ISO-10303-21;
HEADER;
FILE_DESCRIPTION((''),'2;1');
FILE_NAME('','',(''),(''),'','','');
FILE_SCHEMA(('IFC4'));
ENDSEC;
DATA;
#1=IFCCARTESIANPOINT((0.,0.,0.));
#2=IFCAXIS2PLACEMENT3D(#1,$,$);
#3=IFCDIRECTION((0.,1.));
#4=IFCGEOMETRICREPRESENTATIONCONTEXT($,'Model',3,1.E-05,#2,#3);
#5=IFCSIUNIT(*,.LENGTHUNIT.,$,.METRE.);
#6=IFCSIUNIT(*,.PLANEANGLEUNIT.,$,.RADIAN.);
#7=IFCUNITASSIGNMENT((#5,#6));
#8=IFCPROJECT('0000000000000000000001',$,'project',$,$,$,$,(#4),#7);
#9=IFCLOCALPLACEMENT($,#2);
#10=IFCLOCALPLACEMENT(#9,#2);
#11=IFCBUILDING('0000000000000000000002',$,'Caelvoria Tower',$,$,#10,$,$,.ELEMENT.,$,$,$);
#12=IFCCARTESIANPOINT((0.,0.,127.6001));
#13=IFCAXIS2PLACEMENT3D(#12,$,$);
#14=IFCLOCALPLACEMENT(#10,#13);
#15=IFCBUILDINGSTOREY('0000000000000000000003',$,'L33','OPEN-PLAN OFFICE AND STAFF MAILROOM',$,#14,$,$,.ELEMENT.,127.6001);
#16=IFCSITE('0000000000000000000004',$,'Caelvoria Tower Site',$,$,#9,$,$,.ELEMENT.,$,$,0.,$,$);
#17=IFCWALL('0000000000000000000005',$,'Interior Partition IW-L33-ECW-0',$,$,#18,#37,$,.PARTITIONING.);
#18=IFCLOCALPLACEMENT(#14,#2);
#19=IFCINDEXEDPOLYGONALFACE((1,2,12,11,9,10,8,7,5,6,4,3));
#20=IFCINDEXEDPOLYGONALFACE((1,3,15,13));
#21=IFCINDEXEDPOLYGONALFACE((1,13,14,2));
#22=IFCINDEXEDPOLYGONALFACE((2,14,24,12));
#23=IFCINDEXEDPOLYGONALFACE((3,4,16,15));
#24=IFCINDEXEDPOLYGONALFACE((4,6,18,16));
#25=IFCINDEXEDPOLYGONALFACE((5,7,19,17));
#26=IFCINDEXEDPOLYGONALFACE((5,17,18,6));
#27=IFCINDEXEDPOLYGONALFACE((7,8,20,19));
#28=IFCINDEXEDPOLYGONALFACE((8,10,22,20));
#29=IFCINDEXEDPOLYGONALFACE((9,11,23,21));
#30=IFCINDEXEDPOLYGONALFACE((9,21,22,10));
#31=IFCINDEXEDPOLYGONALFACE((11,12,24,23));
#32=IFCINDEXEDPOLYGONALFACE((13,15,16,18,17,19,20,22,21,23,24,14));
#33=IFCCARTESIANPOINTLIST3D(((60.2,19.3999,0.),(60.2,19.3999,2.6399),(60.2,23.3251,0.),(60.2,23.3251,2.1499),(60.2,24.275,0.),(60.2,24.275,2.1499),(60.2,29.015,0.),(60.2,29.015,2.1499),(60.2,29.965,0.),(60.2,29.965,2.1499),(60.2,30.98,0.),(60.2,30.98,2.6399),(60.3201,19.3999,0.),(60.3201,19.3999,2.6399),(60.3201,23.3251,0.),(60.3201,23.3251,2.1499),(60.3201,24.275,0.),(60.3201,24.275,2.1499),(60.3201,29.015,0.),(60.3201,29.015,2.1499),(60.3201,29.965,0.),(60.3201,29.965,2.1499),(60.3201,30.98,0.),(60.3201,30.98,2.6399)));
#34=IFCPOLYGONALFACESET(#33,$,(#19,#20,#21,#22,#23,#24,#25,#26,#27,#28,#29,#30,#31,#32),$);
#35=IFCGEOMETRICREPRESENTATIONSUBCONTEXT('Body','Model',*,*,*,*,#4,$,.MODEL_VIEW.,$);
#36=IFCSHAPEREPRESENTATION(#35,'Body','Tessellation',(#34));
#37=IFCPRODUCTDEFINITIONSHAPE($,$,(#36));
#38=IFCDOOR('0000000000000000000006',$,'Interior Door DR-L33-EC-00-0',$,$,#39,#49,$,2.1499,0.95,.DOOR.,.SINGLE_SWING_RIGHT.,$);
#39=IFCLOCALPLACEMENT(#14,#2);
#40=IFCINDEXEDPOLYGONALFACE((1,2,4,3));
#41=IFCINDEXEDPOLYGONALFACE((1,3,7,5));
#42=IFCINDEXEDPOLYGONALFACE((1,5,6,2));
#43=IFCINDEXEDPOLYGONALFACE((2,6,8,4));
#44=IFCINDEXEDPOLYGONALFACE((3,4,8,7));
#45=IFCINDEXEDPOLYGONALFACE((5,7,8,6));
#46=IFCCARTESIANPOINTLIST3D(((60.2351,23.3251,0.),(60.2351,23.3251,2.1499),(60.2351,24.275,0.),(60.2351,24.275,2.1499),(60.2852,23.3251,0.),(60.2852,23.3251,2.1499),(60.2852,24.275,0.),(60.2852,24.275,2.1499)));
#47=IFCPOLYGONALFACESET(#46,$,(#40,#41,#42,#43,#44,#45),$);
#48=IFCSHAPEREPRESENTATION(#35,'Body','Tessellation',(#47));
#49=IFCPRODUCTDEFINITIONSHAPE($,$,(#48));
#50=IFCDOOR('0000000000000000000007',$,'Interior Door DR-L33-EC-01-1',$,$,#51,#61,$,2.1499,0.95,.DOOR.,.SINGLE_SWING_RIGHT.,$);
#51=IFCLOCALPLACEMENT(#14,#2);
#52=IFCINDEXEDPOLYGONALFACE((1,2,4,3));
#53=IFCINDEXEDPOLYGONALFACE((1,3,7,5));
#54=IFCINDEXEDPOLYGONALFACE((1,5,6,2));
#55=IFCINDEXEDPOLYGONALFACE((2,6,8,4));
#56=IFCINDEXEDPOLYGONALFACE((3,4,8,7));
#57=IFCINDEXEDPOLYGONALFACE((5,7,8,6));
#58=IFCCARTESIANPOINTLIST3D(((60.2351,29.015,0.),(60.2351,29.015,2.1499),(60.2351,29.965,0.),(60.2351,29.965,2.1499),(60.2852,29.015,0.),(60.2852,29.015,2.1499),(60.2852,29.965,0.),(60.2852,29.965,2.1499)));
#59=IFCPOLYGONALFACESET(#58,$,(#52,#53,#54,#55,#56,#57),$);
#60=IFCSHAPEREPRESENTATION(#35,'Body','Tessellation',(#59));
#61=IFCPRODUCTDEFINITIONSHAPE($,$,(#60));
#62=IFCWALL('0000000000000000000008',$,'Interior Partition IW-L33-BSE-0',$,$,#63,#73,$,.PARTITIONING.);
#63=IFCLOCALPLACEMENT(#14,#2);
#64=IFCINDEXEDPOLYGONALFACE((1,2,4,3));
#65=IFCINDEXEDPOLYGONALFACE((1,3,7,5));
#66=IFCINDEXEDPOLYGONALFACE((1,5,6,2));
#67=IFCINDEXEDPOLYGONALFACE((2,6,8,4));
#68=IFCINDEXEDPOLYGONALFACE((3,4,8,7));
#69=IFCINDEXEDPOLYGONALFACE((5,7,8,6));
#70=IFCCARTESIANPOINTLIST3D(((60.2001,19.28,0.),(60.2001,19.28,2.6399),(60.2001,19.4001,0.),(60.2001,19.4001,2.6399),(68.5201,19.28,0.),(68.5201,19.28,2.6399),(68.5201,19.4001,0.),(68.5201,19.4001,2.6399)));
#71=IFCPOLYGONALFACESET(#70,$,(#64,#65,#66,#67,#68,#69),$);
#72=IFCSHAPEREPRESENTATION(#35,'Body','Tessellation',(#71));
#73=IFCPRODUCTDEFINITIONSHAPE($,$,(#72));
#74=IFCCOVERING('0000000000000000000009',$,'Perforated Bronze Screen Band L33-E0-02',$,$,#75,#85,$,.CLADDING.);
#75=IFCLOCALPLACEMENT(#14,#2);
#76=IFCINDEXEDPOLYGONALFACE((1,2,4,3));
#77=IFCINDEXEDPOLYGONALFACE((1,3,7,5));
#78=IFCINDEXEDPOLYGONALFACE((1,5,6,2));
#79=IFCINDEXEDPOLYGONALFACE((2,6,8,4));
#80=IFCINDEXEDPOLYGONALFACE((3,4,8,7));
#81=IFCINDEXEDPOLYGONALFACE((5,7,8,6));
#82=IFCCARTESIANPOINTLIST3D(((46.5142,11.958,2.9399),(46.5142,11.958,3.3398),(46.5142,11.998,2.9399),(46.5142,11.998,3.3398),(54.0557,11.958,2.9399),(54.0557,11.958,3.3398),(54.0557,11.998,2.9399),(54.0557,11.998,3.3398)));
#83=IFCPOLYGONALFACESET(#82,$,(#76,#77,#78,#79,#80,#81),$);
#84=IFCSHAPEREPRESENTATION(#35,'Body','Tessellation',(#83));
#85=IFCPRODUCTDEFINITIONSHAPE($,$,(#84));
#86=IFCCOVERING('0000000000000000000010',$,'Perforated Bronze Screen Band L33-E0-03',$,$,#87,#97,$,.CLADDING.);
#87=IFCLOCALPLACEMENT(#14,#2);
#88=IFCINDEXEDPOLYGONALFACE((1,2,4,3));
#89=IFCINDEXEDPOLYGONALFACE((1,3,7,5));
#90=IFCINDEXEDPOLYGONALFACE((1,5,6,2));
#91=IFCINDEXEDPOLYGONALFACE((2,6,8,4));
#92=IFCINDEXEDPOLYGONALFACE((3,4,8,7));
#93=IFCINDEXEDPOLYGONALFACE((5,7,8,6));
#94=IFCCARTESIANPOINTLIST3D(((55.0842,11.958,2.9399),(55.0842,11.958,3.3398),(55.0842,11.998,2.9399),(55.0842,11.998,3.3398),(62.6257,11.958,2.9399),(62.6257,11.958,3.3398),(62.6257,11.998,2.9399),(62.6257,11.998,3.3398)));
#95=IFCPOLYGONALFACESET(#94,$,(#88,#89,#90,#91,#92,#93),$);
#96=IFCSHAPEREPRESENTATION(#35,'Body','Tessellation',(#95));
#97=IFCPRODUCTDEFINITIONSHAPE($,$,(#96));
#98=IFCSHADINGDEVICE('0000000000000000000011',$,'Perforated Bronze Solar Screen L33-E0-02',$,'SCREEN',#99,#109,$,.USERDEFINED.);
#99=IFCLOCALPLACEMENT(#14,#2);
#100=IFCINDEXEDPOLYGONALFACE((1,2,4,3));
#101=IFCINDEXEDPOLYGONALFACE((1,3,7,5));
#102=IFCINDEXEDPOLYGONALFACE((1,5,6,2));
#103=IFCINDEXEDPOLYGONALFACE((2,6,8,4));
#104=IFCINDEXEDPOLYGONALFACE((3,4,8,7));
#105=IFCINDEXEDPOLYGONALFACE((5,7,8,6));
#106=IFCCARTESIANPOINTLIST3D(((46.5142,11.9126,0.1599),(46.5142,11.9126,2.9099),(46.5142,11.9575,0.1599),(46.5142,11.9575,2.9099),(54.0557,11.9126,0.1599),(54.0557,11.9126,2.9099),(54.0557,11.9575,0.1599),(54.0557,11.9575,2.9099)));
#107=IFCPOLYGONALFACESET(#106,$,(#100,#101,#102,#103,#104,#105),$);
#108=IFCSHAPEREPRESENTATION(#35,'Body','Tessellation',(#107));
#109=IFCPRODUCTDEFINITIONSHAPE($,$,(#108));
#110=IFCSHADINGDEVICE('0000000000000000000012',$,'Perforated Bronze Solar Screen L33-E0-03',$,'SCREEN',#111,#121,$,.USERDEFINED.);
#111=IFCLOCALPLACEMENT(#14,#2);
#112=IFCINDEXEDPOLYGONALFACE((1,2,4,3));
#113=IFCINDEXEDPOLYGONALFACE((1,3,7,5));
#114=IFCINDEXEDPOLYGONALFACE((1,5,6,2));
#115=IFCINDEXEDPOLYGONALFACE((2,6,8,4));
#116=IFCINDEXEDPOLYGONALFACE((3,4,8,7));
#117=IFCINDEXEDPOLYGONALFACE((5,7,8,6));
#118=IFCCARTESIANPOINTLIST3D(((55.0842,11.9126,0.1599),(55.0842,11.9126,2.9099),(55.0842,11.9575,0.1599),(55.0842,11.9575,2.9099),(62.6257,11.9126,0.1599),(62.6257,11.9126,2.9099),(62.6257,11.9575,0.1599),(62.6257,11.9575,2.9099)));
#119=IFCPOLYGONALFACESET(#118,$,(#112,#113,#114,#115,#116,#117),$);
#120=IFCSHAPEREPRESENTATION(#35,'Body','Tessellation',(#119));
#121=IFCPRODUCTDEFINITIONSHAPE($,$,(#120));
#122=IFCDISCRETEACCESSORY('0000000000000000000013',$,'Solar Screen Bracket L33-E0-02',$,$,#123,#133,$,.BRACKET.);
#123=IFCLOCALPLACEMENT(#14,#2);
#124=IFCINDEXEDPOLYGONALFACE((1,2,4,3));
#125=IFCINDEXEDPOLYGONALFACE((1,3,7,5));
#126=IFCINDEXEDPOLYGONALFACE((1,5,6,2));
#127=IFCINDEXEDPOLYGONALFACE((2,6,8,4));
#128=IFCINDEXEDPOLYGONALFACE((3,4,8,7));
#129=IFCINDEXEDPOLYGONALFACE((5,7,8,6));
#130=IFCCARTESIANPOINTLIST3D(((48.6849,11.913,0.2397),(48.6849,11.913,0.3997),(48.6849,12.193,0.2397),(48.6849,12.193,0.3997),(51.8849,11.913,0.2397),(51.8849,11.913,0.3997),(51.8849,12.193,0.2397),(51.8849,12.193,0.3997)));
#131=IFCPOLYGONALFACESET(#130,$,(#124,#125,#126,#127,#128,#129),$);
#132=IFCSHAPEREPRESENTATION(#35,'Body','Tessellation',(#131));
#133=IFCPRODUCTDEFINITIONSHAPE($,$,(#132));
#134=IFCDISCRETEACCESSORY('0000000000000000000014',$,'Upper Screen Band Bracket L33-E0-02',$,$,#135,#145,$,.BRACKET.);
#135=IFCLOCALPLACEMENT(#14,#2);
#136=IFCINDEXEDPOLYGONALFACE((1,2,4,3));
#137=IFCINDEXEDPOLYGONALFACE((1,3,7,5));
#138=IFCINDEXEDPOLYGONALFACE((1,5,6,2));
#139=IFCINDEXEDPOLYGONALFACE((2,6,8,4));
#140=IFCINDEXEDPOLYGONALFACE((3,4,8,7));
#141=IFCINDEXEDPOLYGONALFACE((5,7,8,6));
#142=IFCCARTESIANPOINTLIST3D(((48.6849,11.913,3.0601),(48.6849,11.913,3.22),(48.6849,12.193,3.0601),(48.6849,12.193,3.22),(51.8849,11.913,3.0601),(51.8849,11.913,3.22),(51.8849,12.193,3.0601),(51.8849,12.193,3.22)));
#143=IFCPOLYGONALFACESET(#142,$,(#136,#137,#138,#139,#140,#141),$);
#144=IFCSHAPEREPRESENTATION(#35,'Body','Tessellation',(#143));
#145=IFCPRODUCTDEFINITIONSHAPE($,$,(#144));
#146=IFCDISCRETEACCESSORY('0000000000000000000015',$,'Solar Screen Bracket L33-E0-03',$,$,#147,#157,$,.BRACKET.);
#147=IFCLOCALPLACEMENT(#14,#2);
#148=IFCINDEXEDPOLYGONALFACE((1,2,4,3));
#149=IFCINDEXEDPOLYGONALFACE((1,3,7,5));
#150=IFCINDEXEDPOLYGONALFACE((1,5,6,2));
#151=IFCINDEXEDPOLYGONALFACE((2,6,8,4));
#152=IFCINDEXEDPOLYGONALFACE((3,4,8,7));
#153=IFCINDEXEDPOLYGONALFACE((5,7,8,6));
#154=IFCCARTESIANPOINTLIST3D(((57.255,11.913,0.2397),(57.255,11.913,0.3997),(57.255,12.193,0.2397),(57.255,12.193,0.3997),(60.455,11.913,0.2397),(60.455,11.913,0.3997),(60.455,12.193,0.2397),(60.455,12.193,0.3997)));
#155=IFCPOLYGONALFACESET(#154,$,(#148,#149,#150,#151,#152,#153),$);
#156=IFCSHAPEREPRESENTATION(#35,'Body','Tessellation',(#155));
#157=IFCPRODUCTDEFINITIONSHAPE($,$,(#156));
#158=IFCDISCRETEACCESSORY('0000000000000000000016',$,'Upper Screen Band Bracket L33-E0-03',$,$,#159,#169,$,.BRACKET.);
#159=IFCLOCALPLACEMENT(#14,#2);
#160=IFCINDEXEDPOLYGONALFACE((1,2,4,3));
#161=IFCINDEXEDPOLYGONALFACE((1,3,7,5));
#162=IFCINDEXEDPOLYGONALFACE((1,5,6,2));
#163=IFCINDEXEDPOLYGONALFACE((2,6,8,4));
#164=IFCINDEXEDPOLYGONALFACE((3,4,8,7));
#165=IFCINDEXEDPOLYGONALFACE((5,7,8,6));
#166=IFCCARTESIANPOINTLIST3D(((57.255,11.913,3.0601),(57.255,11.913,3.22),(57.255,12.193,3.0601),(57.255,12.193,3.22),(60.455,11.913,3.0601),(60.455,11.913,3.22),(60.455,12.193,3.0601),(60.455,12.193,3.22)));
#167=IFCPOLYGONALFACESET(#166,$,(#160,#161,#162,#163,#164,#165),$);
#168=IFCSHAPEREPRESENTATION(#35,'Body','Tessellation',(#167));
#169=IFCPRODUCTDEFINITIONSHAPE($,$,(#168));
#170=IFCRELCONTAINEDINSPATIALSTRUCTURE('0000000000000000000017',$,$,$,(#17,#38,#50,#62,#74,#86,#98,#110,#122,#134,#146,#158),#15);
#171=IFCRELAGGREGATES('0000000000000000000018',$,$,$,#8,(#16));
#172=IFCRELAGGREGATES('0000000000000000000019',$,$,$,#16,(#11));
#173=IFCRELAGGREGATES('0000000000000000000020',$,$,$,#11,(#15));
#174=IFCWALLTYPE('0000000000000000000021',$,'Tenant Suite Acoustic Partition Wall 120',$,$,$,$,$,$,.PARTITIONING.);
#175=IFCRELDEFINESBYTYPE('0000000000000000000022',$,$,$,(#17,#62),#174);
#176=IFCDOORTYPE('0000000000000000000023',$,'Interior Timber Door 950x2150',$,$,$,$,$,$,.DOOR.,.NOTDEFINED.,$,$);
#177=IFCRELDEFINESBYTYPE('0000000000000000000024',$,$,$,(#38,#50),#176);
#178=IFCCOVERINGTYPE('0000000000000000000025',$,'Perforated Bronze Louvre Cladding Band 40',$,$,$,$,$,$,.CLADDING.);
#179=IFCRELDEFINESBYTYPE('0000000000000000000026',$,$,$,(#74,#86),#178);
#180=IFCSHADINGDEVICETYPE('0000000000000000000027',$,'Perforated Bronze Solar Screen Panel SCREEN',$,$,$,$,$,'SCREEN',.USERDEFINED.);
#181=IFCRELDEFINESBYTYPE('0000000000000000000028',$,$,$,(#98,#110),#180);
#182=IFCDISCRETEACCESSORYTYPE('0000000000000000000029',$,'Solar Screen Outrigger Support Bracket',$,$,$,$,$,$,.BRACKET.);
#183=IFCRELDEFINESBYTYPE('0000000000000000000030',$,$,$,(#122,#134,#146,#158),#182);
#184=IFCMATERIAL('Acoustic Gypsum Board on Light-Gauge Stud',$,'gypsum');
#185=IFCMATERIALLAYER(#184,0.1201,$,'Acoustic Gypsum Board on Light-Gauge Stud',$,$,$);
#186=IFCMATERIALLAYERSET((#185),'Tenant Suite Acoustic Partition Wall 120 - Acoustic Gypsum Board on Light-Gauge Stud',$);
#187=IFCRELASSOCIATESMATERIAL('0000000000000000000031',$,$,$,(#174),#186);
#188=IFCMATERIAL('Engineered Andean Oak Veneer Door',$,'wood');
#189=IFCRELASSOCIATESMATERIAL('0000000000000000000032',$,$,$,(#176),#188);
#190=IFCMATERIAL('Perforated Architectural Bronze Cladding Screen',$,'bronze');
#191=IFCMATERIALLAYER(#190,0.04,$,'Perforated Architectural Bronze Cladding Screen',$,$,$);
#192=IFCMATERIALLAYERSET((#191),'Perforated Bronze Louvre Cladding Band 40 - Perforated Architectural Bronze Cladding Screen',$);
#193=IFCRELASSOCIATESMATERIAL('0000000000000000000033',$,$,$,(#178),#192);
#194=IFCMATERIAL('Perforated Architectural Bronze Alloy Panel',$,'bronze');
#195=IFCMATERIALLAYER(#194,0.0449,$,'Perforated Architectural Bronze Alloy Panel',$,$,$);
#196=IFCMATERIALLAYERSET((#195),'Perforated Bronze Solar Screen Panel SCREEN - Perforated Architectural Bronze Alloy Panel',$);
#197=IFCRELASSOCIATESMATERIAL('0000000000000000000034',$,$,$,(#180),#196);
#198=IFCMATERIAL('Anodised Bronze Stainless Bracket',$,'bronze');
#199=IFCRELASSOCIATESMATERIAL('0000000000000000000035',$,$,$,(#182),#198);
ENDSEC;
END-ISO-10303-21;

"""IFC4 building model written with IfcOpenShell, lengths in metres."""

from ifc_helpers import new_model, si_unit, direction, frame, frame_2d, origin, origin_2d, place, context, subcontext, project, spatial, rectangle, extrude, material, layer, layer_set, type_object, element, fill, save


model = new_model("IFC4")

# Units and contexts
model_context = context("Model", 3, precision=1e-05, world=origin(), true_north=direction((0.0, 1.0)))
body_context = subcontext(model_context, "Body", "Model", "MODEL_VIEW")
ifc_project = project(units=[si_unit("LENGTHUNIT", "METRE"), si_unit("PLANEANGLEUNIT", "RADIAN")], contexts=[model_context])

# Site, building, storey
site_placement = place(None, origin())
site = spatial("IfcSite", under=ifc_project, at=site_placement, Name="Caelvoria Tower Site", CompositionType="ELEMENT", RefElevation=0.0)
building_placement = place(site_placement, origin())
building = spatial("IfcBuilding", under=site, at=building_placement, Name="Caelvoria Tower", CompositionType="ELEMENT")
storey_placement = place(building_placement, frame((0.0, 0.0, 127.6001)))
storey = spatial("IfcBuildingStorey", under=building, at=storey_placement, Name="L33", Description="OPEN-PLAN OFFICE AND STAFF MAILROOM", CompositionType="ELEMENT", Elevation=127.6001)

# Shared definitions
ifc_material_1 = material(Name="Acoustic Gypsum Board on Light-Gauge Stud", Category="gypsum")
ifc_layer_1 = layer(ifc_material_1, 0.1201, Name="Acoustic Gypsum Board on Light-Gauge Stud")
ifc_layer_set_1 = layer_set([ifc_layer_1], Name="Tenant Suite Acoustic Partition Wall 120 - Acoustic Gypsum Board on Light-Gauge Stud")
wall_type_1 = type_object("IfcWallType", Name="Tenant Suite Acoustic Partition Wall 120", PredefinedType="PARTITIONING", material=ifc_layer_set_1)
ifc_material_2 = material(Name="Engineered Andean Oak Veneer Door", Category="wood")

# Wall, openings, doors
wall_1_placement = place(storey_placement, frame((60.26, 19.3999, 0.0), z_axis=(0.0, 0.0, 1.0), x_axis=(0.0, 1.0, 0.0)))
wall_1 = element("IfcWall", 1, at=wall_1_placement, inside=storey, type_object=wall_type_1, Name="Interior Partition IW-L33-ECW-0", PredefinedType="PARTITIONING", context=body_context, shape_type="SweptSolid", body=[
    extrude(rectangle(XDim=11.5801, YDim=0.1201, at=frame_2d((5.79, 0.0))), origin(), (0.0, 0.0, 1.0), 2.6399),
])
opening_1_placement = place(wall_1_placement, frame((3.925, 0.0, 0.0)))
opening_1 = element("IfcOpeningElement", 2, at=opening_1_placement, cuts=wall_1, PredefinedType="OPENING", context=body_context, shape_type="SweptSolid", body=[
    extrude(rectangle(XDim=0.95, YDim=2.1499, at=frame_2d((0.4751, 1.075))), frame((0.0, 0.0701, 0.0), z_axis=(0.0, -1.0, 0.0), x_axis=(1.0, 0.0, 0.0)), (0.0, 0.0, 1.0), 0.1401),
])
opening_2_placement = place(wall_1_placement, frame((9.615, 0.0, 0.0)))
opening_2 = element("IfcOpeningElement", 3, at=opening_2_placement, cuts=wall_1, PredefinedType="OPENING", context=body_context, shape_type="SweptSolid", body=[
    extrude(rectangle(XDim=0.95, YDim=2.1499, at=frame_2d((0.4751, 1.075))), frame((0.0, 0.0701, 0.0), z_axis=(0.0, -1.0, 0.0), x_axis=(1.0, 0.0, 0.0)), (0.0, 0.0, 1.0), 0.1401),
])
door_type_1 = type_object("IfcDoorType", Name="Interior Timber Door 950x2150", OperationType="NOTDEFINED", PredefinedType="DOOR", material=ifc_material_2)
door_1_placement = place(opening_1_placement, origin())
door_1 = element("IfcDoor", 4, at=door_1_placement, inside=storey, type_object=door_type_1, Name="Interior Door DR-L33-EC-00-0", OperationType="SINGLE_SWING_RIGHT", OverallHeight=2.1499, OverallWidth=0.95, PredefinedType="DOOR", context=body_context, shape_type="SweptSolid", body=[
    extrude(rectangle(XDim=0.95, YDim=2.1499, at=frame_2d((0.4751, 1.075))), frame((0.0, 0.0249, 0.0), z_axis=(0.0, -1.0, 0.0), x_axis=(1.0, 0.0, 0.0)), (0.0, 0.0, 1.0), 0.05),
])
fill(opening_1, door_1)
door_2_placement = place(opening_2_placement, origin())
door_2 = element("IfcDoor", 5, at=door_2_placement, inside=storey, type_object=door_type_1, Name="Interior Door DR-L33-EC-01-1", OperationType="SINGLE_SWING_RIGHT", OverallHeight=2.1499, OverallWidth=0.95, PredefinedType="DOOR", context=body_context, shape_type="SweptSolid", body=[
    extrude(rectangle(XDim=0.95, YDim=2.1499, at=frame_2d((0.4751, 1.075))), frame((0.0, 0.0249, 0.0), z_axis=(0.0, -1.0, 0.0), x_axis=(1.0, 0.0, 0.0)), (0.0, 0.0, 1.0), 0.05),
])
fill(opening_2, door_2)

# Wall
wall_2_placement = place(storey_placement, frame((60.2, 19.3401, 0.0), z_axis=(0.0, 0.0, 1.0), x_axis=(1.0, 0.0, 0.0)))
element("IfcWall", 6, at=wall_2_placement, inside=storey, type_object=wall_type_1, Name="Interior Partition IW-L33-BSE-0", PredefinedType="PARTITIONING", context=body_context, shape_type="SweptSolid", body=[
    extrude(rectangle(XDim=8.3201, YDim=0.1201, at=frame_2d((4.1602, 0.0))), origin(), (0.0, 0.0, 1.0), 2.6399),
])

# Coverings
ifc_material_3 = material(Name="Perforated Architectural Bronze Cladding Screen", Category="bronze")
ifc_layer_2 = layer(ifc_material_3, 0.04, Name="Perforated Architectural Bronze Cladding Screen")
ifc_layer_set_2 = layer_set([ifc_layer_2], Name="Perforated Bronze Louvre Cladding Band 40 - Perforated Architectural Bronze Cladding Screen")
covering_type = type_object("IfcCoveringType", Name="Perforated Bronze Louvre Cladding Band 40", PredefinedType="CLADDING", material=ifc_layer_set_2)
for number, where, z_axis, x_axis, name in (
    (7, (50.2849, 11.978, 2.9399), (0.0, 0.0, 1.0), (1.0, 0.0, 0.0), "Perforated Bronze Screen Band L33-E0-02"),
    (8, (58.855, 11.978, 2.9399), (0.0, 0.0, 1.0), (1.0, 0.0, 0.0), "Perforated Bronze Screen Band L33-E0-03"),
):
    element("IfcCovering", number, at=place(storey_placement, frame(where, z_axis=z_axis, x_axis=x_axis)), inside=storey, type_object=covering_type, Name=name, PredefinedType="CLADDING", context=body_context, shape_type="SweptSolid", body=[
        extrude(rectangle(XDim=7.5415, YDim=0.04, at=origin_2d()), origin(), (0.0, 0.0, 1.0), 0.3999),
    ])

# Shading devices
ifc_material_4 = material(Name="Perforated Architectural Bronze Alloy Panel", Category="bronze")
ifc_layer_3 = layer(ifc_material_4, 0.0449, Name="Perforated Architectural Bronze Alloy Panel")
ifc_layer_set_3 = layer_set([ifc_layer_3], Name="Perforated Bronze Solar Screen Panel SCREEN - Perforated Architectural Bronze Alloy Panel")
shading_device_type = type_object("IfcShadingDeviceType", Name="Perforated Bronze Solar Screen Panel SCREEN", ElementType="SCREEN", PredefinedType="USERDEFINED", material=ifc_layer_set_3)
for number, where, z_axis, x_axis, name in (
    (9, (50.2849, 11.9351, 0.1599), (0.0, 0.0, 1.0), (1.0, 0.0, 0.0), "Perforated Bronze Solar Screen L33-E0-02"),
    (10, (58.855, 11.9351, 0.1599), (0.0, 0.0, 1.0), (1.0, 0.0, 0.0), "Perforated Bronze Solar Screen L33-E0-03"),
):
    element("IfcShadingDevice", number, at=place(storey_placement, frame(where, z_axis=z_axis, x_axis=x_axis)), inside=storey, type_object=shading_device_type, Name=name, ObjectType="SCREEN", PredefinedType="USERDEFINED", context=body_context, shape_type="SweptSolid", body=[
        extrude(rectangle(XDim=7.5415, YDim=0.0449, at=origin_2d()), origin(), (0.0, 0.0, 1.0), 2.75),
    ])

# Discrete accessories
ifc_material_5 = material(Name="Anodised Bronze Stainless Bracket", Category="bronze")
discrete_accessory_type = type_object("IfcDiscreteAccessoryType", Name="Solar Screen Outrigger Support Bracket", PredefinedType="BRACKET", material=ifc_material_5)
for number, where, z_axis, x_axis, name in (
    (11, (50.2849, 12.053, 0.2397), (0.0, 0.0, 1.0), (1.0, 0.0, 0.0), "Solar Screen Bracket L33-E0-02"),
    (12, (50.2849, 12.053, 3.0601), (0.0, 0.0, 1.0), (1.0, 0.0, 0.0), "Upper Screen Band Bracket L33-E0-02"),
    (13, (58.855, 12.053, 0.2397), (0.0, 0.0, 1.0), (1.0, 0.0, 0.0), "Solar Screen Bracket L33-E0-03"),
    (14, (58.855, 12.053, 3.0601), (0.0, 0.0, 1.0), (1.0, 0.0, 0.0), "Upper Screen Band Bracket L33-E0-03"),
):
    element("IfcDiscreteAccessory", number, at=place(storey_placement, frame(where, z_axis=z_axis, x_axis=x_axis)), inside=storey, type_object=discrete_accessory_type, Name=name, PredefinedType="BRACKET", context=body_context, shape_type="SweptSolid", body=[
        extrude(rectangle(XDim=3.2, YDim=0.28, at=origin_2d()), origin(), (0.0, 0.0, 1.0), 0.1599),
    ])

save(model, "model.ifc")
